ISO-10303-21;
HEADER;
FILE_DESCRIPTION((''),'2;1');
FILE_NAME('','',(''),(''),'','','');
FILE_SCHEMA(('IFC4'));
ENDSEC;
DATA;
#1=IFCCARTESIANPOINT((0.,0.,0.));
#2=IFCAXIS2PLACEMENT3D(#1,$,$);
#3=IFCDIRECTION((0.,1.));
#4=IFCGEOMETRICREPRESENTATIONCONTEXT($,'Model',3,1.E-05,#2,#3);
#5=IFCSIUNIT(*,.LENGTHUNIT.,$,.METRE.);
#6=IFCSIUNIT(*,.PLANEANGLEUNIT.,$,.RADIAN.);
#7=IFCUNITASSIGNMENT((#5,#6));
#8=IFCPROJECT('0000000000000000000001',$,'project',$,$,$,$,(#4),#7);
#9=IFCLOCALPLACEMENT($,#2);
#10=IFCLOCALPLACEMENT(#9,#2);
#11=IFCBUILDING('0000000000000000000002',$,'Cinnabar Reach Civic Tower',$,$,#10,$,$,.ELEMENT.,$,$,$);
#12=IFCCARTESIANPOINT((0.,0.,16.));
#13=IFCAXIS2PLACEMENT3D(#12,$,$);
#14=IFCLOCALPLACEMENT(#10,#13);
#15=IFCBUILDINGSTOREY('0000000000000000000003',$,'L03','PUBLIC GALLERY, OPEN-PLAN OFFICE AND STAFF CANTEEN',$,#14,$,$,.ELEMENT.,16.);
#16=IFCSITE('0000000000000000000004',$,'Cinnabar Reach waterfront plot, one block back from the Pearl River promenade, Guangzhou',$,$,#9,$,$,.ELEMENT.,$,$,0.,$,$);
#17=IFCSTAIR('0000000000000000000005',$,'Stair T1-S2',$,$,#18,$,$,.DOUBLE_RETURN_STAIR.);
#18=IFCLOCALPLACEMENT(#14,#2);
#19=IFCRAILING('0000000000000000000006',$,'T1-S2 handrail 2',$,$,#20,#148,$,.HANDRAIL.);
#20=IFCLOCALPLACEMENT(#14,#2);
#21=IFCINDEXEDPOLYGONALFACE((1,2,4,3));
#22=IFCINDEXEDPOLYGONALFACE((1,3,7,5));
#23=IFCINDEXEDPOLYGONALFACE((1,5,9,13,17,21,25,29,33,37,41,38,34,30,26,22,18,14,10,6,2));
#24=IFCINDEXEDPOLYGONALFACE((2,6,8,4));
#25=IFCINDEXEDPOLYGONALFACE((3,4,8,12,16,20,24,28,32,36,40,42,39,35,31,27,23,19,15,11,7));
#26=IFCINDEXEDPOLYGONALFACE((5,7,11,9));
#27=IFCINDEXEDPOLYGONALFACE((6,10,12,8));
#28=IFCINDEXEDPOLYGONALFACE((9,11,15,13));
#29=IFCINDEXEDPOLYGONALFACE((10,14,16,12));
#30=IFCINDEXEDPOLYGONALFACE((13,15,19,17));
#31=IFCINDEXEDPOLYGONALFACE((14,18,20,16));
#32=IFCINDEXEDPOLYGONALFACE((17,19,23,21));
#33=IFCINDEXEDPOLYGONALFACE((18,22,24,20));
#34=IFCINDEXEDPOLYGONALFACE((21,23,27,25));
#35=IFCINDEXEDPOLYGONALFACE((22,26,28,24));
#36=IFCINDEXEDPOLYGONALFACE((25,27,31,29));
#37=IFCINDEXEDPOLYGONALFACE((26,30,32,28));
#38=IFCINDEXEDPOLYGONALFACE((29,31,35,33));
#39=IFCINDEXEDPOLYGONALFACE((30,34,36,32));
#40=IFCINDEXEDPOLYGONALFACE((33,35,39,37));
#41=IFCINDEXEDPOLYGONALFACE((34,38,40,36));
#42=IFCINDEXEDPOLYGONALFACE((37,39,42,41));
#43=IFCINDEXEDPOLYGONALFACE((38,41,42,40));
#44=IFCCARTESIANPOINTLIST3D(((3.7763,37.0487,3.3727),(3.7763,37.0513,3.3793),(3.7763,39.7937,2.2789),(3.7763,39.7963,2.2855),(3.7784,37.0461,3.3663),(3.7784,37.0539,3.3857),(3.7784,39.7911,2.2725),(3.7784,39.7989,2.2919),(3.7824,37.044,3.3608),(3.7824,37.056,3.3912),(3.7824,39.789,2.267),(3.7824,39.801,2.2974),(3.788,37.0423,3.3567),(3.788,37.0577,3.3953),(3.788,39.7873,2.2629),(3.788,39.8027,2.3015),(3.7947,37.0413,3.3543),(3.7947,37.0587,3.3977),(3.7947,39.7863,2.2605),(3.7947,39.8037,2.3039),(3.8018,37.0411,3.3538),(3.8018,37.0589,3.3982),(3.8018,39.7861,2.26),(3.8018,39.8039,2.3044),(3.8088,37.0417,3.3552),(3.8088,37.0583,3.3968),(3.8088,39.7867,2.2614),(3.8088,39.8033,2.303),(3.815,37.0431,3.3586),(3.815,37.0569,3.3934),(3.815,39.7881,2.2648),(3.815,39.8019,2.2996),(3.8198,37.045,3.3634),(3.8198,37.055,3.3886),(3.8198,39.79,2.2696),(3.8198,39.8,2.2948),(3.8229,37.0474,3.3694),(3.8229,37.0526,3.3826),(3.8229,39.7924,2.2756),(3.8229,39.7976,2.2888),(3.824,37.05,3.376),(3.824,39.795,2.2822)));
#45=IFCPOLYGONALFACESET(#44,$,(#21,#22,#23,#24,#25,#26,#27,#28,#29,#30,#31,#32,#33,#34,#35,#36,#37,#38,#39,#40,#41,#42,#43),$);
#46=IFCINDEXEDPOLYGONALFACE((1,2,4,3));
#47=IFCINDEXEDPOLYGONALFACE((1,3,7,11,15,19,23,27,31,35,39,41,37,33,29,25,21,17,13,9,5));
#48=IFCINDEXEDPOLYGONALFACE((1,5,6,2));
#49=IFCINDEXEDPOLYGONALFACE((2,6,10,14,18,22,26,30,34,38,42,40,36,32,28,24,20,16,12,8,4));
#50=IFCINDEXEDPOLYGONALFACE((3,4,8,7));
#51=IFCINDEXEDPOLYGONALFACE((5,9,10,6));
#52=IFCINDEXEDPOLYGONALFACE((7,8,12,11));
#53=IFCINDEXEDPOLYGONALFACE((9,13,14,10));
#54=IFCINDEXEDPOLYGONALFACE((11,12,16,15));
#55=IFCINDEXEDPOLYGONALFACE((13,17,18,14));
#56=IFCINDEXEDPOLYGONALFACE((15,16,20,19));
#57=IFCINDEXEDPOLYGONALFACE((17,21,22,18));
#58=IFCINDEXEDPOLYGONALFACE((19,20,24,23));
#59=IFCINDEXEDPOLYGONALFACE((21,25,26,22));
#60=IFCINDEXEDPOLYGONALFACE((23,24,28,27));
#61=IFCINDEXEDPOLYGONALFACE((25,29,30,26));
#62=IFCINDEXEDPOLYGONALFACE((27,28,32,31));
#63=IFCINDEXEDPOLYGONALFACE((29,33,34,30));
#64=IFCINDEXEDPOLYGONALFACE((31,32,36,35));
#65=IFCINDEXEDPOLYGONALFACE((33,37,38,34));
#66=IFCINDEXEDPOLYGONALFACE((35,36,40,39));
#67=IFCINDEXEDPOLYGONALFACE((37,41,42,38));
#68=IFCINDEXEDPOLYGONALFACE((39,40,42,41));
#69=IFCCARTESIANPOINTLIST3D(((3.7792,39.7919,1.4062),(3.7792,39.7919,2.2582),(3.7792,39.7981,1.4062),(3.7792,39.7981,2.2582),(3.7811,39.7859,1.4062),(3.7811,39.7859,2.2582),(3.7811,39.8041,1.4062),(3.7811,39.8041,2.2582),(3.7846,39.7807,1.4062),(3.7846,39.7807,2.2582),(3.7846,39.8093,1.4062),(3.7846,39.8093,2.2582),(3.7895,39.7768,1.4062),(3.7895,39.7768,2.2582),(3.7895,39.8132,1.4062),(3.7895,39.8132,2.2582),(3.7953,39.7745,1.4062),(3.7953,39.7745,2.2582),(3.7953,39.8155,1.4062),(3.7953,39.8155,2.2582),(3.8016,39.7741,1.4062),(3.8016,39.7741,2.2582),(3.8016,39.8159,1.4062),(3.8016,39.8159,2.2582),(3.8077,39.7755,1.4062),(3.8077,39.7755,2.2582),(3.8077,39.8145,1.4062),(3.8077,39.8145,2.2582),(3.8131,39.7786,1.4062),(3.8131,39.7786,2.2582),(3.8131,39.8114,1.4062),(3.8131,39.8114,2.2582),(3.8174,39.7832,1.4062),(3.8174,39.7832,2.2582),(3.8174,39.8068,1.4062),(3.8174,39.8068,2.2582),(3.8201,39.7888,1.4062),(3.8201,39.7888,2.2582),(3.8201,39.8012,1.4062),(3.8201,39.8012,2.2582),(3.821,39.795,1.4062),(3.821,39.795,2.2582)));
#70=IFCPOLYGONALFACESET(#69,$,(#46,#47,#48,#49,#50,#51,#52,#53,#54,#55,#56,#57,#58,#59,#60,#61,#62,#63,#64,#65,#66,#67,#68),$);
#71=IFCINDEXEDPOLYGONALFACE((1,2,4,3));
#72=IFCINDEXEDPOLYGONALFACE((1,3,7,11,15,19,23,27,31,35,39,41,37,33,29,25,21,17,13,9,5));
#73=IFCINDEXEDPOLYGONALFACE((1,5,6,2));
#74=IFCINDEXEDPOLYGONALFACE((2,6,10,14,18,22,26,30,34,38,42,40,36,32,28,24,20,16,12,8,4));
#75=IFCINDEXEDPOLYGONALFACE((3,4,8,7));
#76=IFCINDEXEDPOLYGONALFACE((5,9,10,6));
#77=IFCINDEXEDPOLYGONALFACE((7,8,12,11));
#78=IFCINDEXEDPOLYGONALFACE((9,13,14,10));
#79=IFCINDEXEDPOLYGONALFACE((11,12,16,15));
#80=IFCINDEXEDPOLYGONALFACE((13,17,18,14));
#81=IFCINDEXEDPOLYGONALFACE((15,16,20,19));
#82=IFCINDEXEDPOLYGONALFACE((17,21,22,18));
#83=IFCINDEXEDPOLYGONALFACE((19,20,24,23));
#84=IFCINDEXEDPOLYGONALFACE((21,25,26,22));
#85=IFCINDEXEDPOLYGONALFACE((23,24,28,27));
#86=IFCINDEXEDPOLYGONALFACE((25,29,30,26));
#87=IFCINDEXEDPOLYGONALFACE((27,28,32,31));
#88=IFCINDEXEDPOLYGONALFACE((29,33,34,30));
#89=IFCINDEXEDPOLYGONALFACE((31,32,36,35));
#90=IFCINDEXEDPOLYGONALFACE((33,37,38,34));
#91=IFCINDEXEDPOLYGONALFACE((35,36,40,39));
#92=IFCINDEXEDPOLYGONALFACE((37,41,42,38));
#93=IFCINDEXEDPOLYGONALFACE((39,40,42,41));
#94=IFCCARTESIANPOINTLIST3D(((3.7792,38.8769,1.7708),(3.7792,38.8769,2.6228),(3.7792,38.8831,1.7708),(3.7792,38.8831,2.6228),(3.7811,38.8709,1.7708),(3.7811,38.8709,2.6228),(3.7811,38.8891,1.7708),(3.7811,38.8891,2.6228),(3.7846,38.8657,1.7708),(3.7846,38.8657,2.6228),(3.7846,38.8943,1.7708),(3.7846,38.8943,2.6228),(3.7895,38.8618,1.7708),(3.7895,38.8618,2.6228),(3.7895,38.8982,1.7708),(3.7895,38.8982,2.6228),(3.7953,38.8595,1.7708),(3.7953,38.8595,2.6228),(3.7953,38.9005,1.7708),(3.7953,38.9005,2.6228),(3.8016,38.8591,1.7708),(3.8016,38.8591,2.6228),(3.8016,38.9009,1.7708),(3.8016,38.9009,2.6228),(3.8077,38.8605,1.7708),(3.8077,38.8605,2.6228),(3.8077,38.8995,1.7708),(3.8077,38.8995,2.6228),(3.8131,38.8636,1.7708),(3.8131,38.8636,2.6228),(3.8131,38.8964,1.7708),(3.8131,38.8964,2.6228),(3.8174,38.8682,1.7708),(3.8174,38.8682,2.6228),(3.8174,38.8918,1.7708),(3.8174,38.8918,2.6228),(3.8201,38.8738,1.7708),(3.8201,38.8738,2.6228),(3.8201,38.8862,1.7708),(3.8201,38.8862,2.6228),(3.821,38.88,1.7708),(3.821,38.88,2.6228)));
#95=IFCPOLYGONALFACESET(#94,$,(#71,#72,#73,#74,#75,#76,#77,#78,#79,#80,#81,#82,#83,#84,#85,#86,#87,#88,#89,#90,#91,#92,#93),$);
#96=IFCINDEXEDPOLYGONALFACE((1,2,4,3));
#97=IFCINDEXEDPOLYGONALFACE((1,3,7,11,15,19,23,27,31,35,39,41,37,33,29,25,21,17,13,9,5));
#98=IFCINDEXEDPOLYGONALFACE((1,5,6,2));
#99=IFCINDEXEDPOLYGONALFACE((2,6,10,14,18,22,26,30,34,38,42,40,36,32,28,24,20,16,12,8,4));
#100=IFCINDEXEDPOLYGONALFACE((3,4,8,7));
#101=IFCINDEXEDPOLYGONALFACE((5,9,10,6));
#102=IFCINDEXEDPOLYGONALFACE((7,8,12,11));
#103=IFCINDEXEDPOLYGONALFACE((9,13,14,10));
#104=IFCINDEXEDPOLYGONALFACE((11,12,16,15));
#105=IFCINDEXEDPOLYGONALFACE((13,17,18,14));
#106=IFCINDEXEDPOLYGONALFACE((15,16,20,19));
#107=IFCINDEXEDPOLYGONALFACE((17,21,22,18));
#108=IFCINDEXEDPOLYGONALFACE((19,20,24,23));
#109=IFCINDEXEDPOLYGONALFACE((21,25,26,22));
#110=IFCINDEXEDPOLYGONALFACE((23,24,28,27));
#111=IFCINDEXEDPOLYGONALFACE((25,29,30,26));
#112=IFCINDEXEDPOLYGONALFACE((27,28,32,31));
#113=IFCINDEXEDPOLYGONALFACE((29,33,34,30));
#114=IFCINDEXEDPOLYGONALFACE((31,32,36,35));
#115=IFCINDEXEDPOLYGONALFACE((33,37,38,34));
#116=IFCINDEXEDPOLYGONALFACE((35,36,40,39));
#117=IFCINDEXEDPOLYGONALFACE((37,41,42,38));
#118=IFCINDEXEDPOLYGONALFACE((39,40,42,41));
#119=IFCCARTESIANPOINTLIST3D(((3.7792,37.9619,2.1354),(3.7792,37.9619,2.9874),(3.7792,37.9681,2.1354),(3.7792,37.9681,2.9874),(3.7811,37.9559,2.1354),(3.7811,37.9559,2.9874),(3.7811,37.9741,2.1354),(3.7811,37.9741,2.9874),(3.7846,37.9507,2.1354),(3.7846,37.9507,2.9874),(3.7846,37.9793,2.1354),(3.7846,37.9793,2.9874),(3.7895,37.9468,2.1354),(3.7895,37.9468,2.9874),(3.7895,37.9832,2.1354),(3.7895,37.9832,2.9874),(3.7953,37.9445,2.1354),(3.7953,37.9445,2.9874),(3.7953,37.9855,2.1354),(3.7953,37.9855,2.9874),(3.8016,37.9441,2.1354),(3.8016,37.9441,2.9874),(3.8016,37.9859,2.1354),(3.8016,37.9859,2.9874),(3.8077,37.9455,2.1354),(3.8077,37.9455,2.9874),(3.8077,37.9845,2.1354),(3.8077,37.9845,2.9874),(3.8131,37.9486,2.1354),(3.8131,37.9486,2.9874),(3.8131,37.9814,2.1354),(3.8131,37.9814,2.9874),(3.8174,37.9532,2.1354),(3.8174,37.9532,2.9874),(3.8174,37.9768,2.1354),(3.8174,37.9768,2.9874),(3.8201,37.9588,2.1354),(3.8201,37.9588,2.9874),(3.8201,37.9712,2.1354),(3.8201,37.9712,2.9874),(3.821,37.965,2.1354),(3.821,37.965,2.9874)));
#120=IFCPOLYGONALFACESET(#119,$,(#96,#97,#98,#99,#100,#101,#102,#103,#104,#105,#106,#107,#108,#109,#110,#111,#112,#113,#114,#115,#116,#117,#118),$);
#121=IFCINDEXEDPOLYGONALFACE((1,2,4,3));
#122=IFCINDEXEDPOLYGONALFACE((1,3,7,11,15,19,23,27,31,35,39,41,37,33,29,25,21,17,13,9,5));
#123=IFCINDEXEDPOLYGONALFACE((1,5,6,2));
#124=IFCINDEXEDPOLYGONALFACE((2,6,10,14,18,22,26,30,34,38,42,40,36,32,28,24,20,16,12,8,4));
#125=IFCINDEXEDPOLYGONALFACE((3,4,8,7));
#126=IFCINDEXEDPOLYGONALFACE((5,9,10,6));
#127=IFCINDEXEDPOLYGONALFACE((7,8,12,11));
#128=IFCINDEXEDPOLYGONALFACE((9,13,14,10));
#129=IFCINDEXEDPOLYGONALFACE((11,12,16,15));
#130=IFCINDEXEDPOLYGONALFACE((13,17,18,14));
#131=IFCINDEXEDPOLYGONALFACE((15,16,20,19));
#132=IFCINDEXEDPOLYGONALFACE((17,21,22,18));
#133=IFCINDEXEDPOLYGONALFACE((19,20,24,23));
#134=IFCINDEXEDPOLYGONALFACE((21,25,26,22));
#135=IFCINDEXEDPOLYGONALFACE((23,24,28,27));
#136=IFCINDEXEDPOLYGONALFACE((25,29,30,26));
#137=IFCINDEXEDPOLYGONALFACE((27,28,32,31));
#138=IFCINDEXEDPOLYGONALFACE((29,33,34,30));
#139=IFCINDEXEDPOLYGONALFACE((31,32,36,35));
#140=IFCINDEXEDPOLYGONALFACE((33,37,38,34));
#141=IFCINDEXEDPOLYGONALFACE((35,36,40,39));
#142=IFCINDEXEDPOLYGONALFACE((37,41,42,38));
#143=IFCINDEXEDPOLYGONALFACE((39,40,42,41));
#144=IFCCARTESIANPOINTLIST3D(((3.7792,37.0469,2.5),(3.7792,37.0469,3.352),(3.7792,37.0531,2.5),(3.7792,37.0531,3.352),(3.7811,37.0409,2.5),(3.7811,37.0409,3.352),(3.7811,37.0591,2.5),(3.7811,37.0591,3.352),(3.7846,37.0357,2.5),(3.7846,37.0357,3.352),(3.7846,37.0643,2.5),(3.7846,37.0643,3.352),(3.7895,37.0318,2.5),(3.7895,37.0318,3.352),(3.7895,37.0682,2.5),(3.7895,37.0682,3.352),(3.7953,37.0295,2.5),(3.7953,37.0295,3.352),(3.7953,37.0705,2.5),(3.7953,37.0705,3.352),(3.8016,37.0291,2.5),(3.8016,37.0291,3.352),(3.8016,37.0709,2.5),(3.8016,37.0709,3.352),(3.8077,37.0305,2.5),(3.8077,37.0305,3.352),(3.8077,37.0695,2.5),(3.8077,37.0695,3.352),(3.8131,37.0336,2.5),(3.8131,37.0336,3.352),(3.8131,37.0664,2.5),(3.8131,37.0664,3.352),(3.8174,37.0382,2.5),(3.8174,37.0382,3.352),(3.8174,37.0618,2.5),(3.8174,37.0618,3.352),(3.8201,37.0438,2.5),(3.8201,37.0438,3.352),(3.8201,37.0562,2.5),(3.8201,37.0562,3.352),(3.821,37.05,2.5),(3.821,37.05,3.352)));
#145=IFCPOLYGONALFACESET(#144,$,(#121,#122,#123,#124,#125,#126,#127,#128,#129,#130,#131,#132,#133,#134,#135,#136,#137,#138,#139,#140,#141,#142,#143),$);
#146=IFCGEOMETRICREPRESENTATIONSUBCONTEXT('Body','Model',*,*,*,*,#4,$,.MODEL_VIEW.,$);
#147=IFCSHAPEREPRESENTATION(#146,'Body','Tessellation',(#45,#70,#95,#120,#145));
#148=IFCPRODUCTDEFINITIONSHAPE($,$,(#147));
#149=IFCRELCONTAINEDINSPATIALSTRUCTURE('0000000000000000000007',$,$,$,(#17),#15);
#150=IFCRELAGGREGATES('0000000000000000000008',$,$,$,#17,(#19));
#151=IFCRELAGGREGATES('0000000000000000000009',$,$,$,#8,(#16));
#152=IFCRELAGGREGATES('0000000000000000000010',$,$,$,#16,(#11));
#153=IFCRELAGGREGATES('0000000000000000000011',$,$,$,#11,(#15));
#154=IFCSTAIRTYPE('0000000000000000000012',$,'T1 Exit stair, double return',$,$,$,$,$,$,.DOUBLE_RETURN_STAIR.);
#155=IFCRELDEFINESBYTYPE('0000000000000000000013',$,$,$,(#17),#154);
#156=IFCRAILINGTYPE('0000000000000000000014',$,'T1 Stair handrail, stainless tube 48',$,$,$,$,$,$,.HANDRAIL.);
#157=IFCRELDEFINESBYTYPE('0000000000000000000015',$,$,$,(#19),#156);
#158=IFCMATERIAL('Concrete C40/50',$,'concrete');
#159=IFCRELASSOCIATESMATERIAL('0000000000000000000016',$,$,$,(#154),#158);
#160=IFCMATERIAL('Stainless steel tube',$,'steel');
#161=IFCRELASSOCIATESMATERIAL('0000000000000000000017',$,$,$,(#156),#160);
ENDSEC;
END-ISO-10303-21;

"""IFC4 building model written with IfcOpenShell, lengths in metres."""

from ifc_helpers import new_model, si_unit, direction, frame, origin, origin_2d, place, context, subcontext, project, spatial, circle, extrude, material, type_object, element, aggregate, save


model = new_model("IFC4")

# Units and contexts
model_context = context("Model", 3, precision=1e-05, world=origin(), true_north=direction((0.0, 1.0)))
body_context = subcontext(model_context, "Body", "Model", "MODEL_VIEW")
ifc_project = project(units=[si_unit("LENGTHUNIT", "METRE"), si_unit("PLANEANGLEUNIT", "RADIAN")], contexts=[model_context])

# Site, building, storey
site_placement = place(None, origin())
site = spatial("IfcSite", under=ifc_project, at=site_placement, Name="Cinnabar Reach waterfront plot, one block back from the Pearl River promenade, Guangzhou", CompositionType="ELEMENT", RefElevation=0.0)
building_placement = place(site_placement, origin())
building = spatial("IfcBuilding", under=site, at=building_placement, Name="Cinnabar Reach Civic Tower", CompositionType="ELEMENT")
storey_placement = place(building_placement, frame((0.0, 0.0, 16.0)))
storey = spatial("IfcBuildingStorey", under=building, at=storey_placement, Name="L03", Description="PUBLIC GALLERY, OPEN-PLAN OFFICE AND STAFF CANTEEN", CompositionType="ELEMENT", Elevation=16.0)

# Shared definitions
ifc_material_1 = material(Name="Concrete C40/50", Category="concrete")

# Stair, railing
stair_type = type_object("IfcStairType", Name="T1 Exit stair, double return", PredefinedType="DOUBLE_RETURN_STAIR", material=ifc_material_1)
stair_placement = place(storey_placement, origin())
stair = element("IfcStair", 1, at=stair_placement, inside=storey, type_object=stair_type, Name="Stair T1-S2", PredefinedType="DOUBLE_RETURN_STAIR")
ifc_material_2 = material(Name="Stainless steel tube", Category="steel")
railing_type = type_object("IfcRailingType", Name="T1 Stair handrail, stainless tube 48", PredefinedType="HANDRAIL", material=ifc_material_2)
railing_1_placement = place(storey_placement, frame((3.8, 39.795, 1.4062)))
railing_1 = element("IfcRailing", 2, at=railing_1_placement, type_object=railing_type, Name="T1-S2 handrail 2", PredefinedType="HANDRAIL", context=body_context, shape_type="SweptSolid", body=[
    extrude(circle(Radius=0.024, at=origin_2d()), frame((0.0, 0.0, 0.876), z_axis=(0.0, -0.928966, 0.370165), x_axis=(1.0, 0.0, 0.0)), (0.0, 0.0, 1.0), 2.9549),
    extrude(circle(Radius=0.021, at=origin_2d()), origin(), (0.0, 0.0, 1.0), 0.852),
    extrude(circle(Radius=0.021, at=origin_2d()), frame((0.0, -0.915, 0.3646)), (0.0, 0.0, 1.0), 0.852),
    extrude(circle(Radius=0.021, at=origin_2d()), frame((0.0, -1.83, 0.7292)), (0.0, 0.0, 1.0), 0.852),
    extrude(circle(Radius=0.021, at=origin_2d()), frame((0.0, -2.745, 1.0938)), (0.0, 0.0, 1.0), 0.852),
])
aggregate(stair, [railing_1])

save(model, "model.ifc")
